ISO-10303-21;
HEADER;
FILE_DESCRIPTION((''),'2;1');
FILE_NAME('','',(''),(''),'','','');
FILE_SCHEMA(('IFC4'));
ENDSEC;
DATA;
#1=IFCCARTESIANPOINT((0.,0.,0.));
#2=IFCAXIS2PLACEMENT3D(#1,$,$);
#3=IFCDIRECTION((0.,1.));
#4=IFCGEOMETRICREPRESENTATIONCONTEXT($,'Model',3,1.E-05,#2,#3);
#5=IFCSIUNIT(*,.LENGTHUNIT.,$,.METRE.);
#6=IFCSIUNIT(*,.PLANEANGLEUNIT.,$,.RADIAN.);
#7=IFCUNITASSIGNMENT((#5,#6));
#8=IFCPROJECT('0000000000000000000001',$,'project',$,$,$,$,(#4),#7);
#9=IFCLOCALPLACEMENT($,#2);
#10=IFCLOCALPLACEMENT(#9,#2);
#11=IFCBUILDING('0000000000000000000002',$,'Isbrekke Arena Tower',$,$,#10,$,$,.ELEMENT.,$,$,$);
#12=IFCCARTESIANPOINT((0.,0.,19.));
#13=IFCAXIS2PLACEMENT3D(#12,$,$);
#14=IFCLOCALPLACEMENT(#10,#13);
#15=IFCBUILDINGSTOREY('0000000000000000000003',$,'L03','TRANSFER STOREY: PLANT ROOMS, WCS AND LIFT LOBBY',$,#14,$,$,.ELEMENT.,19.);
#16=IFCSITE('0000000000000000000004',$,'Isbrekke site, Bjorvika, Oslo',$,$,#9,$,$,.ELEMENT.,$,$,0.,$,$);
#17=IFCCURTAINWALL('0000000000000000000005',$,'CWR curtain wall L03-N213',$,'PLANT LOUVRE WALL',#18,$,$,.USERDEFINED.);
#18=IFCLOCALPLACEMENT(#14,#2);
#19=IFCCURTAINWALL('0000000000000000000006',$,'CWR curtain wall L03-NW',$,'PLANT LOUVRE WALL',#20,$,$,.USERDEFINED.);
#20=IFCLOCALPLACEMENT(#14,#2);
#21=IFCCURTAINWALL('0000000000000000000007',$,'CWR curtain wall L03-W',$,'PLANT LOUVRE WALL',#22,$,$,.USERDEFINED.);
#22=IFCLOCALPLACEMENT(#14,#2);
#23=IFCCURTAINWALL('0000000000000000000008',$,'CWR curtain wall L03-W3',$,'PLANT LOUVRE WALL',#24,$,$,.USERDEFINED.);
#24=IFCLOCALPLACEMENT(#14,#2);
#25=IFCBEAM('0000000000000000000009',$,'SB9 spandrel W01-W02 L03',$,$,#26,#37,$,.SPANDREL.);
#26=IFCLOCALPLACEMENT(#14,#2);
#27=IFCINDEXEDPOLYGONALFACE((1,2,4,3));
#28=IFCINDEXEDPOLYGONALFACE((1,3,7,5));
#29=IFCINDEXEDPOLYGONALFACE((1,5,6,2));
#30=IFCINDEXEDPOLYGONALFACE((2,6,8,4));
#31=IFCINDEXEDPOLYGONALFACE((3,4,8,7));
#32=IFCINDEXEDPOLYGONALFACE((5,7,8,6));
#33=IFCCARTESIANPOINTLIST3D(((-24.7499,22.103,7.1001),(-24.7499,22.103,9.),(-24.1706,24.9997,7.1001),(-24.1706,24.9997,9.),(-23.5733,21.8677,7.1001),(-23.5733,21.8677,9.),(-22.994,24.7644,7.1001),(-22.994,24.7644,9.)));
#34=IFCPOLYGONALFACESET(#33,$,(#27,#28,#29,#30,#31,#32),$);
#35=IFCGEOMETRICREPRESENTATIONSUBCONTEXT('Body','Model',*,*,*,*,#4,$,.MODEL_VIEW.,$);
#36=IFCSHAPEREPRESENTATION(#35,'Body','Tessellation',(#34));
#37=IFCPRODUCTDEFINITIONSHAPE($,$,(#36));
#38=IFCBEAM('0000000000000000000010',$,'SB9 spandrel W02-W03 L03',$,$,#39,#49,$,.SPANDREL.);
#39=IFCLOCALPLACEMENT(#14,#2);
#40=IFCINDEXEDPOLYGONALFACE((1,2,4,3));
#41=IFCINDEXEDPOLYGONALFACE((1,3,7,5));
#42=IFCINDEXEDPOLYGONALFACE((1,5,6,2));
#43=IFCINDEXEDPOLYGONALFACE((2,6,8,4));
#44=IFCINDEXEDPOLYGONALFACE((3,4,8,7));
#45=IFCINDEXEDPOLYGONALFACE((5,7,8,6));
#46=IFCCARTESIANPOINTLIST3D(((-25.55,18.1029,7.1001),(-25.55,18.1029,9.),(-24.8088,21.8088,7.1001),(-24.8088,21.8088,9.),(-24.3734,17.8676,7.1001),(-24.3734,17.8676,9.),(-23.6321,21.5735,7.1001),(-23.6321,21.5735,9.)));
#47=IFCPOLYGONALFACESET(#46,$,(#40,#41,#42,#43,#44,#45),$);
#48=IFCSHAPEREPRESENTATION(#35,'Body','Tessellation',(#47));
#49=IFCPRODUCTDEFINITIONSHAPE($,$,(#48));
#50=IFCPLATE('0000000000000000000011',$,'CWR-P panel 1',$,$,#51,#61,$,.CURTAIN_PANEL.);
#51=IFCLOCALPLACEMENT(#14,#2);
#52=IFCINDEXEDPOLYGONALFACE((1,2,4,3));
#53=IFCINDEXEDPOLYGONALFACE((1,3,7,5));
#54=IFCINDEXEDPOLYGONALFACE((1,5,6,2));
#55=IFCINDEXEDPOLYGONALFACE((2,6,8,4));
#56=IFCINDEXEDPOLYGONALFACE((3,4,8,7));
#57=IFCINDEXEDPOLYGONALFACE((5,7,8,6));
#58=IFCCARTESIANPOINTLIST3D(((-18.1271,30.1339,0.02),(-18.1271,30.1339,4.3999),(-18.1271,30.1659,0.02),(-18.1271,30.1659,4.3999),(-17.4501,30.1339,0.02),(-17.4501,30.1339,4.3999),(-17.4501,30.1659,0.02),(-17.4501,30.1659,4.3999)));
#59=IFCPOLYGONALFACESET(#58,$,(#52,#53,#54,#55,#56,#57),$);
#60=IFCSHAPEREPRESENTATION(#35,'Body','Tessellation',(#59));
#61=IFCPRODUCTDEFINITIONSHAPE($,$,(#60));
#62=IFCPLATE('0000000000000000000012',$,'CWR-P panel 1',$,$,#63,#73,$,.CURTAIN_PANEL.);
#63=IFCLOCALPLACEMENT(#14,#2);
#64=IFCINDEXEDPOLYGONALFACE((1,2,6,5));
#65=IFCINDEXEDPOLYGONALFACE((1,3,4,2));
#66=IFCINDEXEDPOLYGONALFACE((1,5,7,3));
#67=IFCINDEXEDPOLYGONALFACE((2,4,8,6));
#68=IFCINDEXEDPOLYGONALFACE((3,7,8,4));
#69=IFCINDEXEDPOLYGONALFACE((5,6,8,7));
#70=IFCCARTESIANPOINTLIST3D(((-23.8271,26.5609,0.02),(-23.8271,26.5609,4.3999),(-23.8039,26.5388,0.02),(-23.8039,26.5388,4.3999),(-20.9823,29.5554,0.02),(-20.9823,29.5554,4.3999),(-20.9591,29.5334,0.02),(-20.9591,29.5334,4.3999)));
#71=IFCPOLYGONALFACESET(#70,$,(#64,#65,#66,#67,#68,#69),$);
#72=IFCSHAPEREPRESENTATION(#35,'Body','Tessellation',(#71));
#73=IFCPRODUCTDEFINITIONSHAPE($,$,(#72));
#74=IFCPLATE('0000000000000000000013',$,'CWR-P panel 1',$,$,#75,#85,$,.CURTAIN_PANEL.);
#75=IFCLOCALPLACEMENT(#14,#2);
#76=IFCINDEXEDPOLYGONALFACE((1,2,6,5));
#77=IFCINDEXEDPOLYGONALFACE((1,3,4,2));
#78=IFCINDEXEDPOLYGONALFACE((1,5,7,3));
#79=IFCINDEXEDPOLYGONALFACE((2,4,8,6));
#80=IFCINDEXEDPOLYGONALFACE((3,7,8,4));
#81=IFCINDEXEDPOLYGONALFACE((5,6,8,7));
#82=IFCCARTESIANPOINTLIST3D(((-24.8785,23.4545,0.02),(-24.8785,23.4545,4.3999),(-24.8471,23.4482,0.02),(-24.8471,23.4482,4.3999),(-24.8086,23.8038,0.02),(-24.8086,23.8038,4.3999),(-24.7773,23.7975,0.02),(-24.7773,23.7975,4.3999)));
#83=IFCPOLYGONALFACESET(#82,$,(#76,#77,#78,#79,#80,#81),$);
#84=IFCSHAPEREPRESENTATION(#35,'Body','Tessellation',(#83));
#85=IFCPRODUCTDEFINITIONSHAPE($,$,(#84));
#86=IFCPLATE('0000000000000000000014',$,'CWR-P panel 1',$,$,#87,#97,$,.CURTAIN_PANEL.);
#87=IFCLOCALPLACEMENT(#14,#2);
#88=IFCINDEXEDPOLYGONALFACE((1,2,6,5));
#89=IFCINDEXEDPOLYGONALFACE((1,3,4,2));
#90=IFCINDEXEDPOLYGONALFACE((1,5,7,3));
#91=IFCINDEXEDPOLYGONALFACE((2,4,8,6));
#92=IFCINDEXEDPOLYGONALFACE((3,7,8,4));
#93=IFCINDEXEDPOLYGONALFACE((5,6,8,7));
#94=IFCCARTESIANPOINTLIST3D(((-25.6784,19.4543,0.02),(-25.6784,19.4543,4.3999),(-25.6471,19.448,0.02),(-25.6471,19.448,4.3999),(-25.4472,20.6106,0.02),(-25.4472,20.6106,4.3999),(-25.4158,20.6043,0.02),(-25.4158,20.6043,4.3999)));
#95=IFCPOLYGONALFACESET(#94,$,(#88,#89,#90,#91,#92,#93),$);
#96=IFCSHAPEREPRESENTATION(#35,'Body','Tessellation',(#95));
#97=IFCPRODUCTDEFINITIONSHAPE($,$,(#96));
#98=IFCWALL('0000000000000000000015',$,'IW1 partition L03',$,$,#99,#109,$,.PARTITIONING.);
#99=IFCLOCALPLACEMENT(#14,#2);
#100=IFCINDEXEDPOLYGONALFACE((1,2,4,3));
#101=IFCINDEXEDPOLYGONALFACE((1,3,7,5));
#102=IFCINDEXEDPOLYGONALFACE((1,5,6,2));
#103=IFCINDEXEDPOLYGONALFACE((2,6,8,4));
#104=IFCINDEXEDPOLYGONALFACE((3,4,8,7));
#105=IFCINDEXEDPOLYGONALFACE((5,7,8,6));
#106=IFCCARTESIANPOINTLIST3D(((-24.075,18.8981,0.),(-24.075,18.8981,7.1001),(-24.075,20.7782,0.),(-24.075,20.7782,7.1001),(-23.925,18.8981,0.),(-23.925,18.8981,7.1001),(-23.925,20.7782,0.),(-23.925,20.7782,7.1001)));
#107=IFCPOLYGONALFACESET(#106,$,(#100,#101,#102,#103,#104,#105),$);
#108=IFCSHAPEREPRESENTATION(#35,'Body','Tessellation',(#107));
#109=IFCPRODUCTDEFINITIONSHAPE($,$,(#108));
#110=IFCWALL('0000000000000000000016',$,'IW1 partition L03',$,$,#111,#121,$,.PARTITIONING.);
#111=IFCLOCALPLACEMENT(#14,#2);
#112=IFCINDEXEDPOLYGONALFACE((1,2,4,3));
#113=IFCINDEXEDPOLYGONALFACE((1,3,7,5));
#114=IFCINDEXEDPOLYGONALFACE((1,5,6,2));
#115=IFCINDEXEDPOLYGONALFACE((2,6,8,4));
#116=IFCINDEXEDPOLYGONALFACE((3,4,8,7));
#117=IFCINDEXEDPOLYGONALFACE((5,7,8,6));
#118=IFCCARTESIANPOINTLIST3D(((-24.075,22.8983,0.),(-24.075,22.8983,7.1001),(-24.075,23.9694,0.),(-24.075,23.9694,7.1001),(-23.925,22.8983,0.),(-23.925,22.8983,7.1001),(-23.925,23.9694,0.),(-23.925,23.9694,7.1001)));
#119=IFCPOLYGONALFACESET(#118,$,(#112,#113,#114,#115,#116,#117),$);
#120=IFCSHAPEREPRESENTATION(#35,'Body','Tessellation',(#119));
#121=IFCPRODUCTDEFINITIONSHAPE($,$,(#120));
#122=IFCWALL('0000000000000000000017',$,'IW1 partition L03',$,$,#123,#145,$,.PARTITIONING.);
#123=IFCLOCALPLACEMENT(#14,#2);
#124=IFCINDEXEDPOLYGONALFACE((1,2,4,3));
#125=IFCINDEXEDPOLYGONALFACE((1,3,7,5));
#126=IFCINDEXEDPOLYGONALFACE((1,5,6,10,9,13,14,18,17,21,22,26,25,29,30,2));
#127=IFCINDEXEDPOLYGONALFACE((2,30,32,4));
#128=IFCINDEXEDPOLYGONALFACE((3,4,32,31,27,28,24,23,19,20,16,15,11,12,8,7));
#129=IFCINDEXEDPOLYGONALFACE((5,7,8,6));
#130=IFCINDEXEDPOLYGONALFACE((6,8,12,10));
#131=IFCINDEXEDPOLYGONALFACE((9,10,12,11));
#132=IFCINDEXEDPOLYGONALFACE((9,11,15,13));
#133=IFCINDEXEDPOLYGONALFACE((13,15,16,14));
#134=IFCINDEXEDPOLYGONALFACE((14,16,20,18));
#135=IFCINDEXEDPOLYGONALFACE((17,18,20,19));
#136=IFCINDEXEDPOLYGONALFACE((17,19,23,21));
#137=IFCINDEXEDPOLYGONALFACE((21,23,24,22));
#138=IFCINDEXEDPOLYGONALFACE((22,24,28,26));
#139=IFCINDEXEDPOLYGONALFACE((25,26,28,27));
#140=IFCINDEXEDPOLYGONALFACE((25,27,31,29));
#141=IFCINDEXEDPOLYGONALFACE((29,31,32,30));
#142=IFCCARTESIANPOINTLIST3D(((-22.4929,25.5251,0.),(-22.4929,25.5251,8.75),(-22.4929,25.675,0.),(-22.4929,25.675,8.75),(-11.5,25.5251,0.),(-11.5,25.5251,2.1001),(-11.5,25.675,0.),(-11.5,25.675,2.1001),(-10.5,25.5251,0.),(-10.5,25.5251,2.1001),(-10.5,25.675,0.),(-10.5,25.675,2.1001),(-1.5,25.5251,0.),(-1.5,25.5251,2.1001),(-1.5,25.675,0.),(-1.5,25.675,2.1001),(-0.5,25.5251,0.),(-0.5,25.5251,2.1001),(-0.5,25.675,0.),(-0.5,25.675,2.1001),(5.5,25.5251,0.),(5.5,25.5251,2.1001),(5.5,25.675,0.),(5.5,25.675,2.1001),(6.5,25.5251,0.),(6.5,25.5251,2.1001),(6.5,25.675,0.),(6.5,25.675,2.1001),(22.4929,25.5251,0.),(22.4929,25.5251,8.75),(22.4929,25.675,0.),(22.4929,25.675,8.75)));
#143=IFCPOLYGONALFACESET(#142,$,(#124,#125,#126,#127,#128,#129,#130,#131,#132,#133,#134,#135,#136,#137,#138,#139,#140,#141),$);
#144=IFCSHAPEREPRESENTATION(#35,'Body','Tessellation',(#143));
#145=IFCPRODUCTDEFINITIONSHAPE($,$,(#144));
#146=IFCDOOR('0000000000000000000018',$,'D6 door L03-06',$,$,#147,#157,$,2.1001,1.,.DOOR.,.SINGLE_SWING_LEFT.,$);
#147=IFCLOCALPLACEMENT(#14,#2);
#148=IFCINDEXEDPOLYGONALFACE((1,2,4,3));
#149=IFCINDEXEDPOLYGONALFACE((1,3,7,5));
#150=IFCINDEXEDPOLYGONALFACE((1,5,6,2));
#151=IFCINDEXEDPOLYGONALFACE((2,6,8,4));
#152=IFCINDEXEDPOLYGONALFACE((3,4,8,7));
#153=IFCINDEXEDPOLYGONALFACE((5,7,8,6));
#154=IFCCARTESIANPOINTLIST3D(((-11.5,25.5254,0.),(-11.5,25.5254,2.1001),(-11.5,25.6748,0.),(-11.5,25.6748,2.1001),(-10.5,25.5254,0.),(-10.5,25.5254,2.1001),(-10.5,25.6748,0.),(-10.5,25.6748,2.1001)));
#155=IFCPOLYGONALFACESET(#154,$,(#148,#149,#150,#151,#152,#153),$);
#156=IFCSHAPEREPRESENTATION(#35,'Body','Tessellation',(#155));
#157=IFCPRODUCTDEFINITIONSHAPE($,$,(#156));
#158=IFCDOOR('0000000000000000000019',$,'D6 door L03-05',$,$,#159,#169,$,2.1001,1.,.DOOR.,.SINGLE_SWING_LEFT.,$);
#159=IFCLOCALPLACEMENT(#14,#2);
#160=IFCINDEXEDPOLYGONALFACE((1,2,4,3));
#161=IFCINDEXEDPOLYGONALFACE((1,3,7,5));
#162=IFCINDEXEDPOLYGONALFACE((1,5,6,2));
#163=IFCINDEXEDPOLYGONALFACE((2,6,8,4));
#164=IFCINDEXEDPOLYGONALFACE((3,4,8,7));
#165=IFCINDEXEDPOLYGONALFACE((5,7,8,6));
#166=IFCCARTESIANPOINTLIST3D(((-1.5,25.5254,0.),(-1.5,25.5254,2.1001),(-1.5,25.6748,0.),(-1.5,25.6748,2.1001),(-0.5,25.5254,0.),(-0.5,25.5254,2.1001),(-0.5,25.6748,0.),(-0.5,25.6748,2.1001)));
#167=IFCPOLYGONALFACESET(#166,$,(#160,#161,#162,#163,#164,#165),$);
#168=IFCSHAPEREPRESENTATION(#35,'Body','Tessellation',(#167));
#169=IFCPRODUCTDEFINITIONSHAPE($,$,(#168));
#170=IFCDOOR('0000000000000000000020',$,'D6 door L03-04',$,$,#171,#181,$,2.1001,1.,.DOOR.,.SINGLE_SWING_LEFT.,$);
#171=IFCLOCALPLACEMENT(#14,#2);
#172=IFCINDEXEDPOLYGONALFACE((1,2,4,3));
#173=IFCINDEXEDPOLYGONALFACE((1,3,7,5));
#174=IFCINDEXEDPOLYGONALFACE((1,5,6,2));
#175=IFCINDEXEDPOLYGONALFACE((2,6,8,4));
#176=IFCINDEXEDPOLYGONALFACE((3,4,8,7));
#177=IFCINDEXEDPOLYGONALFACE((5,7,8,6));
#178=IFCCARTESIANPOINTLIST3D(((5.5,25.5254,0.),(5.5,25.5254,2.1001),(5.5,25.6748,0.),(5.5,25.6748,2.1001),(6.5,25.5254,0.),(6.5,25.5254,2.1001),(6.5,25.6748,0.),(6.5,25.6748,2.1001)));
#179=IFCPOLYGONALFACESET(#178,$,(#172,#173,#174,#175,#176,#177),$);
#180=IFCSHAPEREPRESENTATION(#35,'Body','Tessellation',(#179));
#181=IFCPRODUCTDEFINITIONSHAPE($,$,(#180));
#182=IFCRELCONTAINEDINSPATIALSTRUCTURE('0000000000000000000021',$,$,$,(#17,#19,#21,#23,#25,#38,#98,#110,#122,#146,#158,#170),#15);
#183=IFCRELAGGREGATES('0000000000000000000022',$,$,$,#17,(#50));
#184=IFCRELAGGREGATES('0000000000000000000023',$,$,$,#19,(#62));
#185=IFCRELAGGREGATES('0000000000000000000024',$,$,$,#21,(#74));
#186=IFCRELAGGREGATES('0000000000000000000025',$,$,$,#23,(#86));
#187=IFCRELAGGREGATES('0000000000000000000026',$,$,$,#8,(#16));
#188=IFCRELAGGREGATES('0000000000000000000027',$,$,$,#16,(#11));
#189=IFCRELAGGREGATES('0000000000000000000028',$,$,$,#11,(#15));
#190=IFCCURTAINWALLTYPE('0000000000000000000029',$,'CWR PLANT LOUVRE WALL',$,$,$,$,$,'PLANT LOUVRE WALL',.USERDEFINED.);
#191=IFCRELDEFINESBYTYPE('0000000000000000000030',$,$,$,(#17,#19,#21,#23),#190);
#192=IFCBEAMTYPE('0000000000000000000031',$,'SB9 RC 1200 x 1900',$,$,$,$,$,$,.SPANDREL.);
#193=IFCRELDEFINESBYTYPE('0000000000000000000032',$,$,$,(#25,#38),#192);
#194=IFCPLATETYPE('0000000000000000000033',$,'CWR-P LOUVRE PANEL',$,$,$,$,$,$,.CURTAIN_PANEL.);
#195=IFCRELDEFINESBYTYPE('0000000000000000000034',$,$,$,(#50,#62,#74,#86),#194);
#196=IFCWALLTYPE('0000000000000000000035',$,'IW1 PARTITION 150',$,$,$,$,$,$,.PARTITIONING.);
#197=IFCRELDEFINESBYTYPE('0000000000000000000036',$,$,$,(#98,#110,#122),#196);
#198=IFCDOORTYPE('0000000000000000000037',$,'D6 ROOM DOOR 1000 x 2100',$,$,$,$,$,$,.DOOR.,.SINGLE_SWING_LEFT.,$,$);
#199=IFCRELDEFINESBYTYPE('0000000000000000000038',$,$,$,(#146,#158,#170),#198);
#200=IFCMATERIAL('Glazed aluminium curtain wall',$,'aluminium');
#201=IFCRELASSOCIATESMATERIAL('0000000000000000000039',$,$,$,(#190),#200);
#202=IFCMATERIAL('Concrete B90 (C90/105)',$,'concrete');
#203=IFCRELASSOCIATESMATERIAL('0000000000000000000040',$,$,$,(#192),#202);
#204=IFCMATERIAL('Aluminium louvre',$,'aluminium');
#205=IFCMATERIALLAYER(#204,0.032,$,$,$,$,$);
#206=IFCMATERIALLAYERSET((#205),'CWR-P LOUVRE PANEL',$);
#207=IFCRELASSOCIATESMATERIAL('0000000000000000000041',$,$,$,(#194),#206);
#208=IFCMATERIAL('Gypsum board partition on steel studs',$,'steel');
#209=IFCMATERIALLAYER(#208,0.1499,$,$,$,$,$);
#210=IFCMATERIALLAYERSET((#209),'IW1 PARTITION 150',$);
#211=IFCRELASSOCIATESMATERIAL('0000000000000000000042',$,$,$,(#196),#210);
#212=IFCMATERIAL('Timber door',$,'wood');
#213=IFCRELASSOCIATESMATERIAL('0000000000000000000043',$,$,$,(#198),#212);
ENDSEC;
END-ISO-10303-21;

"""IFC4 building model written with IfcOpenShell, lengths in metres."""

from ifc_helpers import new_model, si_unit, direction, frame, frame_2d, origin, origin_2d, place, context, subcontext, project, spatial, rectangle, extrude, material, layer, layer_set, material_profile, profile_set, type_object, element, fill, aggregate, save


model = new_model("IFC4")

# Units and contexts
model_context = context("Model", 3, precision=1e-05, world=origin(), true_north=direction((0.0, 1.0)))
body_context = subcontext(model_context, "Body", "Model", "MODEL_VIEW")
ifc_project = project(units=[si_unit("LENGTHUNIT", "METRE"), si_unit("PLANEANGLEUNIT", "RADIAN")], contexts=[model_context])

# Site, building, storey
site_placement = place(None, origin())
site = spatial("IfcSite", under=ifc_project, at=site_placement, Name="Isbrekke site, Bjorvika, Oslo", CompositionType="ELEMENT", RefElevation=0.0)
building_placement = place(site_placement, origin())
building = spatial("IfcBuilding", under=site, at=building_placement, Name="Isbrekke Arena Tower", CompositionType="ELEMENT")
storey_placement = place(building_placement, frame((0.0, 0.0, 19.0)))
storey = spatial("IfcBuildingStorey", under=building, at=storey_placement, Name="L03", Description="TRANSFER STOREY: PLANT ROOMS, WCS AND LIFT LOBBY", CompositionType="ELEMENT", Elevation=19.0)

# Curtain walls
ifc_material_1 = material(Name="Glazed aluminium curtain wall", Category="aluminium")
curtain_wall_type = type_object("IfcCurtainWallType", Name="CWR PLANT LOUVRE WALL", ElementType="PLANT LOUVRE WALL", PredefinedType="USERDEFINED", material=ifc_material_1)
curtain_wall_1_placement = place(storey_placement, origin())
curtain_wall_1 = element("IfcCurtainWall", 1, at=curtain_wall_1_placement, inside=storey, type_object=curtain_wall_type, Name="CWR curtain wall L03-N213", ObjectType="PLANT LOUVRE WALL", PredefinedType="USERDEFINED")
curtain_wall_2_placement = place(storey_placement, origin())
curtain_wall_2 = element("IfcCurtainWall", 2, at=curtain_wall_2_placement, inside=storey, type_object=curtain_wall_type, Name="CWR curtain wall L03-NW", ObjectType="PLANT LOUVRE WALL", PredefinedType="USERDEFINED")
curtain_wall_3_placement = place(storey_placement, origin())
curtain_wall_3 = element("IfcCurtainWall", 3, at=curtain_wall_3_placement, inside=storey, type_object=curtain_wall_type, Name="CWR curtain wall L03-W", ObjectType="PLANT LOUVRE WALL", PredefinedType="USERDEFINED")
curtain_wall_4_placement = place(storey_placement, origin())
curtain_wall_4 = element("IfcCurtainWall", 4, at=curtain_wall_4_placement, inside=storey, type_object=curtain_wall_type, Name="CWR curtain wall L03-W3", ObjectType="PLANT LOUVRE WALL", PredefinedType="USERDEFINED")

# Beams
ifc_material_2 = material(Name="Concrete B90 (C90/105)", Category="concrete")
ifc_material_profile_1 = material_profile(ifc_material_2, rectangle(XDim=1.2, YDim=1.8999, at=origin_2d()), Name="RC 1200x1900")
ifc_profile_set_1 = profile_set([ifc_material_profile_1], Name="Concrete B90 (C90/105)")
beam_type_1 = type_object("IfcBeamType", Name="SB9 RC 1200 x 1900", PredefinedType="SPANDREL", material=ifc_profile_set_1)
beam_1_placement = place(storey_placement, frame((-23.5823, 24.8821, 8.05), z_axis=(-0.196116, -0.980581, 0.0), x_axis=(0.980581, -0.196116, 0.0)))
element("IfcBeam", 5, at=beam_1_placement, inside=storey, type_object=beam_type_1, Name="SB9 spandrel W01-W02 L03", PredefinedType="SPANDREL", context=body_context, shape_type="SweptSolid", body=[
    extrude(rectangle(XDim=1.2, YDim=1.8999, at=origin_2d()), origin(), (0.0, 0.0, 1.0), 2.9541),
])
beam_2_placement = place(storey_placement, frame((-24.2205, 21.6912, 8.05), z_axis=(-0.196129, -0.980578, 0.0), x_axis=(0.980578, -0.196129, 0.0)))
element("IfcBeam", 6, at=beam_2_placement, inside=storey, type_object=beam_type_1, Name="SB9 spandrel W02-W03 L03", PredefinedType="SPANDREL", context=body_context, shape_type="SweptSolid", body=[
    extrude(rectangle(XDim=1.2, YDim=1.8999, at=origin_2d()), origin(), (0.0, 0.0, 1.0), 3.7793),
])

# Plates
ifc_material_3 = material(Name="Aluminium louvre", Category="aluminium")
ifc_layer_1 = layer(ifc_material_3, 0.032)
ifc_layer_set_1 = layer_set([ifc_layer_1], Name="CWR-P LOUVRE PANEL")
plate_type = type_object("IfcPlateType", Name="CWR-P LOUVRE PANEL", PredefinedType="CURTAIN_PANEL", material=ifc_layer_set_1)
plate_1_placement = place(storey_placement, frame((-17.7886, 30.1499, 0.02), z_axis=(0.0, 0.0, 1.0), x_axis=(-1.0, 0.0, 0.0)))
plate_1 = element("IfcPlate", 7, at=plate_1_placement, type_object=plate_type, Name="CWR-P panel 1", PredefinedType="CURTAIN_PANEL", context=body_context, shape_type="SweptSolid", body=[
    extrude(rectangle(XDim=0.677, YDim=0.032, at=origin_2d()), origin(), (0.0, 0.0, 1.0), 4.3799),
])
aggregate(curtain_wall_1, [plate_1])
plate_2_placement = place(storey_placement, frame((-22.3931, 28.0471, 0.02), z_axis=(0.0, 0.0, 1.0), x_axis=(-0.688749, -0.724999, 0.0)))
plate_2 = element("IfcPlate", 8, at=plate_2_placement, type_object=plate_type, Name="CWR-P panel 1", PredefinedType="CURTAIN_PANEL", context=body_context, shape_type="SweptSolid", body=[
    extrude(rectangle(XDim=4.1304, YDim=0.032, at=origin_2d()), origin(), (0.0, 0.0, 1.0), 4.3799),
])
aggregate(curtain_wall_2, [plate_2])
plate_3_placement = place(storey_placement, frame((-24.8279, 23.626, 0.02), z_axis=(0.0, 0.0, 1.0), x_axis=(-0.196116, -0.980581, 0.0)))
plate_3 = element("IfcPlate", 9, at=plate_3_placement, type_object=plate_type, Name="CWR-P panel 1", PredefinedType="CURTAIN_PANEL", context=body_context, shape_type="SweptSolid", body=[
    extrude(rectangle(XDim=0.3562, YDim=0.032, at=origin_2d()), origin(), (0.0, 0.0, 1.0), 4.3799),
])
aggregate(curtain_wall_3, [plate_3])
plate_4_placement = place(storey_placement, frame((-25.5471, 20.0293, 0.02), z_axis=(0.0, 0.0, 1.0), x_axis=(-0.196116, -0.980581, 0.0)))
plate_4 = element("IfcPlate", 10, at=plate_4_placement, type_object=plate_type, Name="CWR-P panel 1", PredefinedType="CURTAIN_PANEL", context=body_context, shape_type="SweptSolid", body=[
    extrude(rectangle(XDim=1.1792, YDim=0.032, at=origin_2d()), origin(), (0.0, 0.0, 1.0), 4.3799),
])
aggregate(curtain_wall_4, [plate_4])

# Walls
ifc_material_4 = material(Name="Gypsum board partition on steel studs", Category="steel")
ifc_layer_2 = layer(ifc_material_4, 0.1499)
ifc_layer_set_2 = layer_set([ifc_layer_2], Name="IW1 PARTITION 150")
wall_type_1 = type_object("IfcWallType", Name="IW1 PARTITION 150", PredefinedType="PARTITIONING", material=ifc_layer_set_2)
wall_1_placement = place(storey_placement, frame((-24.0, 18.8982, 0.0), z_axis=(0.0, 0.0, 1.0), x_axis=(0.0, 1.0, 0.0)))
element("IfcWall", 11, at=wall_1_placement, inside=storey, type_object=wall_type_1, Name="IW1 partition L03", PredefinedType="PARTITIONING", context=body_context, shape_type="SweptSolid", body=[
    extrude(rectangle(XDim=1.8801, YDim=0.1499, at=frame_2d((0.9399, 0.0))), origin(), (0.0, 0.0, 1.0), 7.1001),
])
wall_2_placement = place(storey_placement, frame((-24.0, 22.8982, 0.0), z_axis=(0.0, 0.0, 1.0), x_axis=(0.0, 1.0, 0.0)))
element("IfcWall", 12, at=wall_2_placement, inside=storey, type_object=wall_type_1, Name="IW1 partition L03", PredefinedType="PARTITIONING", context=body_context, shape_type="SweptSolid", body=[
    extrude(rectangle(XDim=1.071, YDim=0.1499, at=frame_2d((0.5356, 0.0))), origin(), (0.0, 0.0, 1.0), 7.1001),
])

# Wall, openings, doors
wall_3_placement = place(storey_placement, frame((-22.4929, 25.6001, 0.0), z_axis=(0.0, 0.0, 1.0), x_axis=(1.0, 0.0, 0.0)))
wall_3 = element("IfcWall", 13, at=wall_3_placement, inside=storey, type_object=wall_type_1, Name="IW1 partition L03", PredefinedType="PARTITIONING", context=body_context, shape_type="SweptSolid", body=[
    extrude(rectangle(XDim=44.9858, YDim=0.1499, at=frame_2d((22.4929, 0.0))), origin(), (0.0, 0.0, 1.0), 8.75),
])
opening_1_placement = place(wall_3_placement, frame((10.9929, 0.0, 0.0)))
opening_1 = element("IfcOpeningElement", 14, at=opening_1_placement, cuts=wall_3, PredefinedType="OPENING", context=body_context, shape_type="SweptSolid", body=[
    extrude(rectangle(XDim=1.0, YDim=2.1001, at=frame_2d((0.5, 1.05))), frame((0.0, 0.0898, 0.0), z_axis=(0.0, -1.0, 0.0), x_axis=(1.0, 0.0, 0.0)), (0.0, 0.0, 1.0), 0.1797),
])
opening_2_placement = place(wall_3_placement, frame((20.9929, 0.0, 0.0)))
opening_2 = element("IfcOpeningElement", 15, at=opening_2_placement, cuts=wall_3, PredefinedType="OPENING", context=body_context, shape_type="SweptSolid", body=[
    extrude(rectangle(XDim=1.0, YDim=2.1001, at=frame_2d((0.5, 1.05))), frame((0.0, 0.0898, 0.0), z_axis=(0.0, -1.0, 0.0), x_axis=(1.0, 0.0, 0.0)), (0.0, 0.0, 1.0), 0.1797),
])
opening_3_placement = place(wall_3_placement, frame((27.9929, 0.0, 0.0)))
opening_3 = element("IfcOpeningElement", 16, at=opening_3_placement, cuts=wall_3, PredefinedType="OPENING", context=body_context, shape_type="SweptSolid", body=[
    extrude(rectangle(XDim=1.0, YDim=2.1001, at=frame_2d((0.5, 1.05))), frame((0.0, 0.0898, 0.0), z_axis=(0.0, -1.0, 0.0), x_axis=(1.0, 0.0, 0.0)), (0.0, 0.0, 1.0), 0.1797),
])
ifc_material_5 = material(Name="Timber door", Category="wood")
door_type = type_object("IfcDoorType", Name="D6 ROOM DOOR 1000 x 2100", OperationType="SINGLE_SWING_LEFT", PredefinedType="DOOR", material=ifc_material_5)
door_1_placement = place(opening_1_placement, origin())
door_1 = element("IfcDoor", 17, at=door_1_placement, inside=storey, type_object=door_type, Name="D6 door L03-06", OperationType="SINGLE_SWING_LEFT", OverallHeight=2.1001, OverallWidth=1.0, PredefinedType="DOOR", context=body_context, shape_type="SweptSolid", body=[
    extrude(rectangle(XDim=1.0, YDim=2.1001, at=frame_2d((0.5, 1.05))), frame((0.0, 0.0747, 0.0), z_axis=(0.0, -1.0, 0.0), x_axis=(1.0, 0.0, 0.0)), (0.0, 0.0, 1.0), 0.1494),
])
fill(opening_1, door_1)
door_2_placement = place(opening_2_placement, origin())
door_2 = element("IfcDoor", 18, at=door_2_placement, inside=storey, type_object=door_type, Name="D6 door L03-05", OperationType="SINGLE_SWING_LEFT", OverallHeight=2.1001, OverallWidth=1.0, PredefinedType="DOOR", context=body_context, shape_type="SweptSolid", body=[
    extrude(rectangle(XDim=1.0, YDim=2.1001, at=frame_2d((0.5, 1.05))), frame((0.0, 0.0747, 0.0), z_axis=(0.0, -1.0, 0.0), x_axis=(1.0, 0.0, 0.0)), (0.0, 0.0, 1.0), 0.1494),
])
fill(opening_2, door_2)
door_3_placement = place(opening_3_placement, origin())
door_3 = element("IfcDoor", 19, at=door_3_placement, inside=storey, type_object=door_type, Name="D6 door L03-04", OperationType="SINGLE_SWING_LEFT", OverallHeight=2.1001, OverallWidth=1.0, PredefinedType="DOOR", context=body_context, shape_type="SweptSolid", body=[
    extrude(rectangle(XDim=1.0, YDim=2.1001, at=frame_2d((0.5, 1.05))), frame((0.0, 0.0747, 0.0), z_axis=(0.0, -1.0, 0.0), x_axis=(1.0, 0.0, 0.0)), (0.0, 0.0, 1.0), 0.1494),
])
fill(opening_3, door_3)

save(model, "model.ifc")
